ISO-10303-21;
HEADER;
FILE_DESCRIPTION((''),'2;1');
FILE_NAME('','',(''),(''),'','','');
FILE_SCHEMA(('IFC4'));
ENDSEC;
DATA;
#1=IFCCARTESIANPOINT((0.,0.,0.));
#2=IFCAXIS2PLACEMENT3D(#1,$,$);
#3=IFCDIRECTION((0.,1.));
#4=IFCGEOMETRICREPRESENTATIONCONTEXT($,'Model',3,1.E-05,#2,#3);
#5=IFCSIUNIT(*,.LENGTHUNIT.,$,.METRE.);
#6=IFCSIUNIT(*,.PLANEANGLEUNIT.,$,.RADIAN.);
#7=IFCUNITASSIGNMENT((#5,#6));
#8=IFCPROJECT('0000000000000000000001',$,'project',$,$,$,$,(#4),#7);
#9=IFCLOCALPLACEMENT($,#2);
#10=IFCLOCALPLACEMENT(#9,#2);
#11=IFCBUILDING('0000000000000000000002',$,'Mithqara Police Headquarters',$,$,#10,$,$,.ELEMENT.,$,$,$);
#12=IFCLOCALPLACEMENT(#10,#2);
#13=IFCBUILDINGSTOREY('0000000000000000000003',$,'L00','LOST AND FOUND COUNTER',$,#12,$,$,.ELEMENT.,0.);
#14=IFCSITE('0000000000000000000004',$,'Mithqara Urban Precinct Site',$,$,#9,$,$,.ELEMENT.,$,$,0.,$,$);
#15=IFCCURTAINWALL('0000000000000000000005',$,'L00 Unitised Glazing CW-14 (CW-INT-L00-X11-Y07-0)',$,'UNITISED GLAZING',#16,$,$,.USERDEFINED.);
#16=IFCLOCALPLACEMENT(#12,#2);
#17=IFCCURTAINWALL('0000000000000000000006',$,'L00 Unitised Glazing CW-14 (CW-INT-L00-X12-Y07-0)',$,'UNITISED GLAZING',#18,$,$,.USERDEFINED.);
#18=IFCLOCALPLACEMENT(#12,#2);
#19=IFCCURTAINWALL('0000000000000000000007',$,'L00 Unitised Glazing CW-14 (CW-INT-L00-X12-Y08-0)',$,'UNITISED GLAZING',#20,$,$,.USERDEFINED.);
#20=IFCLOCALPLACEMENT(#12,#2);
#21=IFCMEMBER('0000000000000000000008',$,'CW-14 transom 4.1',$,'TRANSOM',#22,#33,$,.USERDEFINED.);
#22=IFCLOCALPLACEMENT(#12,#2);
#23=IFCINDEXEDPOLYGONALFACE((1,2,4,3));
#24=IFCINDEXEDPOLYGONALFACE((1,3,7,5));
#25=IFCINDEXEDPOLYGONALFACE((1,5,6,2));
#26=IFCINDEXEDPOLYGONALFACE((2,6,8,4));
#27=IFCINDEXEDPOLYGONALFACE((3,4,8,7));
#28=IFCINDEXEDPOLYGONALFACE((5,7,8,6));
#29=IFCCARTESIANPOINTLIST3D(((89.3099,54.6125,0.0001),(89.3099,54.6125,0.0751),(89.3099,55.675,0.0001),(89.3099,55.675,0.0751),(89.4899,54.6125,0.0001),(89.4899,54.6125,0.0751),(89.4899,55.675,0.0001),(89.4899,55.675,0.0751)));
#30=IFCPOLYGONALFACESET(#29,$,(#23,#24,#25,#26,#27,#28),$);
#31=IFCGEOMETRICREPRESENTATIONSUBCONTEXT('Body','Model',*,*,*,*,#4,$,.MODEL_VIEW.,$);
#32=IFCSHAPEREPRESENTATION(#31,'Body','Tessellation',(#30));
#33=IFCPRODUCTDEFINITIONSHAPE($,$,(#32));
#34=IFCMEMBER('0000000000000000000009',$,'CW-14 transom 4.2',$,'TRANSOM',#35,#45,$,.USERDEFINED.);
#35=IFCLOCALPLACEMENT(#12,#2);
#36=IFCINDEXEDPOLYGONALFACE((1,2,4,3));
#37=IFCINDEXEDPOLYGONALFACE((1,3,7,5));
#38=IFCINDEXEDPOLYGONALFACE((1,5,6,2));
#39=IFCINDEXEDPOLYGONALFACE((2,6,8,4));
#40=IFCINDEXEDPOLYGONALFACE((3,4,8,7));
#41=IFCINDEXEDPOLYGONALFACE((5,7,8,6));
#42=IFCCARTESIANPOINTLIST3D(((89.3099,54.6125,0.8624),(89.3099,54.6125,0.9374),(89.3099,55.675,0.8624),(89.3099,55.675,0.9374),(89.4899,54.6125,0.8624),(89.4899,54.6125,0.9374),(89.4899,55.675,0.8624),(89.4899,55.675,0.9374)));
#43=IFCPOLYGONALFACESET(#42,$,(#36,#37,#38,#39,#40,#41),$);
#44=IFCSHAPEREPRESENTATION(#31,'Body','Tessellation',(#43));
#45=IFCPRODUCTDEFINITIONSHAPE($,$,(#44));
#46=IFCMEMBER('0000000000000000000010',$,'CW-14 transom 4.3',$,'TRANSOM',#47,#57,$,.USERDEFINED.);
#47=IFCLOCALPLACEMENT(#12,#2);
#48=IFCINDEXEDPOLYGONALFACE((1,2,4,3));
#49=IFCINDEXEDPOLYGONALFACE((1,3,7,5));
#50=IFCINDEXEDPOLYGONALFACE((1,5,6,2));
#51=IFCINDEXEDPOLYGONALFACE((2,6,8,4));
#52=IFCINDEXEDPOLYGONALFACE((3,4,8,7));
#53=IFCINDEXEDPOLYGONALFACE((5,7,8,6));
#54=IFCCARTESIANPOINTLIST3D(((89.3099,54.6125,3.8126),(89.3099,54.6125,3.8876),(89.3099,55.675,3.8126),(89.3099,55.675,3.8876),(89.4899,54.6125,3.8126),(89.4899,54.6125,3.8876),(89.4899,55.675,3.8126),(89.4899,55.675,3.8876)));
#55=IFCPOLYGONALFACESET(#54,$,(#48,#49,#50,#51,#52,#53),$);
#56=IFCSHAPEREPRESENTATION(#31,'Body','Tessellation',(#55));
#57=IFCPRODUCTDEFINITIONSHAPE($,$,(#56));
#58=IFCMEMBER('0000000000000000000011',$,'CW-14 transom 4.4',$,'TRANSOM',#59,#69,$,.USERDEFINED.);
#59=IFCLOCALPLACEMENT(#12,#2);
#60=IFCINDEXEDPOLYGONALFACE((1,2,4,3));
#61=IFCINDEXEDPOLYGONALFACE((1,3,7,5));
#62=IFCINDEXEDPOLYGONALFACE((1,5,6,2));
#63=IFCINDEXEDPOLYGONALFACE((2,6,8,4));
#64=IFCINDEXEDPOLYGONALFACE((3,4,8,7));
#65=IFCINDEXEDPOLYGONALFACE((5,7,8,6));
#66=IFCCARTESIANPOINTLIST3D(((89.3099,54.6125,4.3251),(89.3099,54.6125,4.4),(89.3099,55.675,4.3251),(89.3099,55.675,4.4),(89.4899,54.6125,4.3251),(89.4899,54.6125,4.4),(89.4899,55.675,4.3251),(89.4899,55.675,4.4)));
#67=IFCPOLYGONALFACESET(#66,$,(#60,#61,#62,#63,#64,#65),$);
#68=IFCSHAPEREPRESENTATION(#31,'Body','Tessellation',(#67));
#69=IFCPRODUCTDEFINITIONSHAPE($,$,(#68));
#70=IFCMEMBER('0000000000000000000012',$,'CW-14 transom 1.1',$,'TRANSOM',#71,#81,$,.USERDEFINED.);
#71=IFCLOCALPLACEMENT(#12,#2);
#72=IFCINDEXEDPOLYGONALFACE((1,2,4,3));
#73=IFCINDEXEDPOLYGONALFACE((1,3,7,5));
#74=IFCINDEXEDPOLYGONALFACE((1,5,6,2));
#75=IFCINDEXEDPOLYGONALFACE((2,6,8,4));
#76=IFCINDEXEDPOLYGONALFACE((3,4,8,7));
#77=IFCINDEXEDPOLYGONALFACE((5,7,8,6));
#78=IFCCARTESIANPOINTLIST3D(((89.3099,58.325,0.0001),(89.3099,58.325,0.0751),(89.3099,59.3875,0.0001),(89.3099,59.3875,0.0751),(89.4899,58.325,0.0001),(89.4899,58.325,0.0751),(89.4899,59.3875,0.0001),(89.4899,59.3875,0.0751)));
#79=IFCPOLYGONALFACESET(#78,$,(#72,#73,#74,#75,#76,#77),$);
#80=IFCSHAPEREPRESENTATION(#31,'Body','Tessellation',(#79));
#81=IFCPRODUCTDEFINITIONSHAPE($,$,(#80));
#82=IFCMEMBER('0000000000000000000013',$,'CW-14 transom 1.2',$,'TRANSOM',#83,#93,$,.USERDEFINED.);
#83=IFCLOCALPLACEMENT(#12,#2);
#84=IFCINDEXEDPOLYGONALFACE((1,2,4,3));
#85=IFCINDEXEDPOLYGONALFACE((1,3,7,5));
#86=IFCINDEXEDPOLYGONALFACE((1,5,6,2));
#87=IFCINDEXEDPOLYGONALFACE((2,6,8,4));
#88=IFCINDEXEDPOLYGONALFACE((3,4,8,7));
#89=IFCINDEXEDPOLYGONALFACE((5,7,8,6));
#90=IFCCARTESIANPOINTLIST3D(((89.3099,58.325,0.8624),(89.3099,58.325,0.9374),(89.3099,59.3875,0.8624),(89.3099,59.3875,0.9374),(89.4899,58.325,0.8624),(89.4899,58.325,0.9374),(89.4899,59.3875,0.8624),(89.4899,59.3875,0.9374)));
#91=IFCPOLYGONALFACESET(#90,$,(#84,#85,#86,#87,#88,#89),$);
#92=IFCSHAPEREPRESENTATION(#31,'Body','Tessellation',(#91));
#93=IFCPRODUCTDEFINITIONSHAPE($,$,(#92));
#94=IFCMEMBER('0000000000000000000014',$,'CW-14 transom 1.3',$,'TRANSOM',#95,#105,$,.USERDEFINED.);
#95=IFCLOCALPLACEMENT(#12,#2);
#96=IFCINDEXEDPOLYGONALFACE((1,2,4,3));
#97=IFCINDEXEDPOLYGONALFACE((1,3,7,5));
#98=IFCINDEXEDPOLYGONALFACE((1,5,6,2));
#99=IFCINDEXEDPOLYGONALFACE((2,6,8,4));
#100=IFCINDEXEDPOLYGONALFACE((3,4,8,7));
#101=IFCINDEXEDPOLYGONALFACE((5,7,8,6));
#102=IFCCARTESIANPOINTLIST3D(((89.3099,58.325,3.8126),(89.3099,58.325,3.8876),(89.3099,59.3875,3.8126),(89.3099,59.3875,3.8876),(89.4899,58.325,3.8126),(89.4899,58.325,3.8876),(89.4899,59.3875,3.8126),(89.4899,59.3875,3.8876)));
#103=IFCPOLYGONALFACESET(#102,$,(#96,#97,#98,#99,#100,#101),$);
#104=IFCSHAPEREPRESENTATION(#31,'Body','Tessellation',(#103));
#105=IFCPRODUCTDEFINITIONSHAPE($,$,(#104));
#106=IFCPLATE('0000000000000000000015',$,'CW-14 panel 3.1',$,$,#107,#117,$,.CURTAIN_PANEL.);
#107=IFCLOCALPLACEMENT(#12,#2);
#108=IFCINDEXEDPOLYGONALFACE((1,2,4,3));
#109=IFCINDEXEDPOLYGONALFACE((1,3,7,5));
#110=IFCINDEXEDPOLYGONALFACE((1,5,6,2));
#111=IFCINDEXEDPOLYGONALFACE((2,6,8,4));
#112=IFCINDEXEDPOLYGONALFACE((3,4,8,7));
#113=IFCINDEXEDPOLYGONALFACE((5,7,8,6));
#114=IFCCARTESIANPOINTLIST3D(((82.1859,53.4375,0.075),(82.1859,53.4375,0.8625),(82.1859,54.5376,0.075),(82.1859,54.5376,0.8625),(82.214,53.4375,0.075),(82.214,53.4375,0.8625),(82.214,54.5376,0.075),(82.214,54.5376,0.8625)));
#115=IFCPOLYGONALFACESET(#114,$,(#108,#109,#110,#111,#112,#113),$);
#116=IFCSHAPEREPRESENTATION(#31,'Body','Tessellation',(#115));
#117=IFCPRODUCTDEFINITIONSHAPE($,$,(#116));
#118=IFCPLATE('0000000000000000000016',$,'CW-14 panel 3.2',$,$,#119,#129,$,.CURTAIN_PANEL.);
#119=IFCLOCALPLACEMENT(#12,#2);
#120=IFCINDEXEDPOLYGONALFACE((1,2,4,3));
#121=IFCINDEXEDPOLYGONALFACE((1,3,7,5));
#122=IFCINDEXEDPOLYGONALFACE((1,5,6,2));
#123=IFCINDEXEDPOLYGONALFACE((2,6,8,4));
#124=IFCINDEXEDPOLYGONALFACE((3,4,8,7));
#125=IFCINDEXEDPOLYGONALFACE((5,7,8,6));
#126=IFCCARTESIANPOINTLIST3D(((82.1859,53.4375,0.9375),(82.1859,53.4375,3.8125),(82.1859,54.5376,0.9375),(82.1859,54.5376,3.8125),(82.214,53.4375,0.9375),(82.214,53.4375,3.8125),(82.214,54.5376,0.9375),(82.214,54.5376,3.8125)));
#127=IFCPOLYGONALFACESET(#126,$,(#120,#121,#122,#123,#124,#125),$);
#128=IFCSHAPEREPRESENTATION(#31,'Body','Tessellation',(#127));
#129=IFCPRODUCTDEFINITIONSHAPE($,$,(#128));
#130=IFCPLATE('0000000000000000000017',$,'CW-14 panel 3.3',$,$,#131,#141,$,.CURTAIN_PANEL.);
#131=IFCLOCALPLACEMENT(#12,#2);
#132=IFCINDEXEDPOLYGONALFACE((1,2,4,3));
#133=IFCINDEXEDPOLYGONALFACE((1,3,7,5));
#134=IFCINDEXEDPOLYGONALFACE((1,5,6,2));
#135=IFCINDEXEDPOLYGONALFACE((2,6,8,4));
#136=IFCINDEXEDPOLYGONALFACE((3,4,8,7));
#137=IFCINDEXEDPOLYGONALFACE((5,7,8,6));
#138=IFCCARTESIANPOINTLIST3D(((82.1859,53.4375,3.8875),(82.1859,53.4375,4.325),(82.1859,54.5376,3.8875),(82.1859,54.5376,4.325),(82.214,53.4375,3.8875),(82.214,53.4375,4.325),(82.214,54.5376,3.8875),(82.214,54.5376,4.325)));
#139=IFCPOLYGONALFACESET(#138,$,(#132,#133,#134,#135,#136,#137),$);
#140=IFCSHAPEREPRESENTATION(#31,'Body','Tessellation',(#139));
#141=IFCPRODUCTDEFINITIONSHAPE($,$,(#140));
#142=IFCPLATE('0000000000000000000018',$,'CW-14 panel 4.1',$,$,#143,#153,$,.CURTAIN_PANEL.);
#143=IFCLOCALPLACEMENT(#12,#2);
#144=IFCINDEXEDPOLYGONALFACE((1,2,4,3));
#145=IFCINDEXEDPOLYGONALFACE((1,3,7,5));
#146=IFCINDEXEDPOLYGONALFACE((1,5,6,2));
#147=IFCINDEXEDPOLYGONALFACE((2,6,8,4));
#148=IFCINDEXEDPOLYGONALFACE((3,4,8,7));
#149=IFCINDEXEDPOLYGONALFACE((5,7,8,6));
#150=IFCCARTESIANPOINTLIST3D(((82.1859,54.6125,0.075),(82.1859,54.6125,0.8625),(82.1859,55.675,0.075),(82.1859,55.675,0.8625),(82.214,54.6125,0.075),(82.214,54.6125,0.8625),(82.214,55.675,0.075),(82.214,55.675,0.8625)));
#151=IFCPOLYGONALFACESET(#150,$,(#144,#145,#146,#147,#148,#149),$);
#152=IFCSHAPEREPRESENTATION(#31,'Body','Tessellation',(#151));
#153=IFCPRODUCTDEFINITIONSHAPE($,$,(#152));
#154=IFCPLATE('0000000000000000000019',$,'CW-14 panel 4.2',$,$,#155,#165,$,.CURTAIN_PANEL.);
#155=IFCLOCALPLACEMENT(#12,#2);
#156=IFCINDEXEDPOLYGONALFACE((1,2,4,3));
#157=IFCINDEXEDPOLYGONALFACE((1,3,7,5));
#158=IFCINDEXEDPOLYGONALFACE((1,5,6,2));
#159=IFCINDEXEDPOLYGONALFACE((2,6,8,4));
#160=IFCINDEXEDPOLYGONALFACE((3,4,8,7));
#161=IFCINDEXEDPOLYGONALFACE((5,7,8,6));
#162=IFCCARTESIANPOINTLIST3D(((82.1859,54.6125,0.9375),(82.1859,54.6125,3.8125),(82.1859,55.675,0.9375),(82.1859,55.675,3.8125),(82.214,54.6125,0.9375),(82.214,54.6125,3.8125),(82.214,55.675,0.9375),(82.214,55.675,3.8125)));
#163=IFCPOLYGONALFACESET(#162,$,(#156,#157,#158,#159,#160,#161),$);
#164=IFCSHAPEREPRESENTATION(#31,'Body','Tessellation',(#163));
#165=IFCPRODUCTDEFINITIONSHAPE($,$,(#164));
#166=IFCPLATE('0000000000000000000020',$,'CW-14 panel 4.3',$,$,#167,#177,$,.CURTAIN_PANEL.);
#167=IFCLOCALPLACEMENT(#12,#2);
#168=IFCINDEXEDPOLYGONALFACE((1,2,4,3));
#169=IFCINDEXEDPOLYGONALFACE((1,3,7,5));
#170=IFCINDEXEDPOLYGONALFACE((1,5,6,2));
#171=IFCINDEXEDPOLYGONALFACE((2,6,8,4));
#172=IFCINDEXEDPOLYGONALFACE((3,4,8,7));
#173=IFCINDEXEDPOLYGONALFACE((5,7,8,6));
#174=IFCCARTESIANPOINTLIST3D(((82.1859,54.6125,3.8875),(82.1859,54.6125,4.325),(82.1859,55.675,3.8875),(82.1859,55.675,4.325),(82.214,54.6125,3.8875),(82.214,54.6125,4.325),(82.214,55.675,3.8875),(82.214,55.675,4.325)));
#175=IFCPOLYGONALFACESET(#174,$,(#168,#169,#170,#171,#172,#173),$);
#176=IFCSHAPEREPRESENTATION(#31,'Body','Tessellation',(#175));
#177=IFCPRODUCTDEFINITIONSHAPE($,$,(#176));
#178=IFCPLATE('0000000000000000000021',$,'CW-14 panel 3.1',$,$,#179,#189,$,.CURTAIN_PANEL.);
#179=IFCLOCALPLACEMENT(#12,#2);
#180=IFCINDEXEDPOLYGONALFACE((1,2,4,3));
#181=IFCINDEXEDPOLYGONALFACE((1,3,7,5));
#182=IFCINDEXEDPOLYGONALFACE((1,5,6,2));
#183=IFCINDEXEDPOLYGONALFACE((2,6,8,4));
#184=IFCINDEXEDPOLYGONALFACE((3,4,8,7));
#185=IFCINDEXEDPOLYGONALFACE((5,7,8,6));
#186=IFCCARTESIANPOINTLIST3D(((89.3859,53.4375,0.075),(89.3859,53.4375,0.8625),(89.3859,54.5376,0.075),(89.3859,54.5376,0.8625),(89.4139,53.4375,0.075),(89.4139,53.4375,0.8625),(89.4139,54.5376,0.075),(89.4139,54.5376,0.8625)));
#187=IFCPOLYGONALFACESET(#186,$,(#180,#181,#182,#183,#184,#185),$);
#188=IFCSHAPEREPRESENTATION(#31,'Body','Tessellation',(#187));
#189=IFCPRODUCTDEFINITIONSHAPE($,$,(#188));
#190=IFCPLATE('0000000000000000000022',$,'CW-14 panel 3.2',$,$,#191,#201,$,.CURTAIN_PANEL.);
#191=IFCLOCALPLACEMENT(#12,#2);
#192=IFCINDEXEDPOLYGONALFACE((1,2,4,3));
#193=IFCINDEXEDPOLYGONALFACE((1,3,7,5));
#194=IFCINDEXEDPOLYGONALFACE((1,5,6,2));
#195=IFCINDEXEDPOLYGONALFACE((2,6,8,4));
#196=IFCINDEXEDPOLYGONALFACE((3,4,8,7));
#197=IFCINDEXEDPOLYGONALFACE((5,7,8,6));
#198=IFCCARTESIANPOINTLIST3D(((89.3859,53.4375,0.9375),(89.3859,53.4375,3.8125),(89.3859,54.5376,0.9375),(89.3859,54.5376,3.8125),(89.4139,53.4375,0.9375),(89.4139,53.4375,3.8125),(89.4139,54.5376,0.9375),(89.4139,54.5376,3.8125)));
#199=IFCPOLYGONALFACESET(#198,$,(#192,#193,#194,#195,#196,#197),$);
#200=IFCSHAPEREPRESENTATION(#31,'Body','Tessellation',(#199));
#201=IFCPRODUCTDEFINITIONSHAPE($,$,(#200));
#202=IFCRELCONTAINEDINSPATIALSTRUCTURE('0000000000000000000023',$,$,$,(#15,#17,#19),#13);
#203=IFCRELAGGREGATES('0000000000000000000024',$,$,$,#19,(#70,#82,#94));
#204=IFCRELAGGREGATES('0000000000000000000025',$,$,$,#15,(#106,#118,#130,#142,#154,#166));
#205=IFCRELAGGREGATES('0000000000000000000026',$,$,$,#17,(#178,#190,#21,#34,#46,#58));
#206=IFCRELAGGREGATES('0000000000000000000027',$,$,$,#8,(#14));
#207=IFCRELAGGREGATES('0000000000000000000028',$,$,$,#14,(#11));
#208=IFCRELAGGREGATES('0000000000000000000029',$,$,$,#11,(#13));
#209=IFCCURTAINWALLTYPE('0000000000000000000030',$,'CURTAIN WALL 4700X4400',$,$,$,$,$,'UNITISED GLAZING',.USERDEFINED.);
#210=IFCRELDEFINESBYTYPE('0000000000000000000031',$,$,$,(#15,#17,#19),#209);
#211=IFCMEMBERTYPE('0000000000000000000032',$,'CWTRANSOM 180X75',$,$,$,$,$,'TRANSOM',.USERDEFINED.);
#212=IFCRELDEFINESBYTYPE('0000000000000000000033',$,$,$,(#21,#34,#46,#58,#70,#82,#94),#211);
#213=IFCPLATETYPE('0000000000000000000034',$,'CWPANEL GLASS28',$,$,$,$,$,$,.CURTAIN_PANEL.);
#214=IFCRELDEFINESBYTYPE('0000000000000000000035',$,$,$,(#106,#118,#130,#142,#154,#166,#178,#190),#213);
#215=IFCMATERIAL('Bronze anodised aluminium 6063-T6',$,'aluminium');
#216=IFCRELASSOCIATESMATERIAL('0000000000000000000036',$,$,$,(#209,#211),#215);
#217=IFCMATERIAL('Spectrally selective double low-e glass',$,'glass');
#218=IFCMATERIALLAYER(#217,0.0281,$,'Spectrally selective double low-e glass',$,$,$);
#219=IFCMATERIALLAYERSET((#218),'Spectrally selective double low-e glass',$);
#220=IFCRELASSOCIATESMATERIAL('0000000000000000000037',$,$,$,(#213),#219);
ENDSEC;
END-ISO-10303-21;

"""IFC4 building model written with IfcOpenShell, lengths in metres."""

from ifc_helpers import new_model, si_unit, direction, frame, origin, origin_2d, place, context, subcontext, project, spatial, rectangle, extrude, material, layer, layer_set, material_profile, profile_set, type_object, element, aggregate, save


model = new_model("IFC4")

# Units and contexts
model_context = context("Model", 3, precision=1e-05, world=origin(), true_north=direction((0.0, 1.0)))
body_context = subcontext(model_context, "Body", "Model", "MODEL_VIEW")
ifc_project = project(units=[si_unit("LENGTHUNIT", "METRE"), si_unit("PLANEANGLEUNIT", "RADIAN")], contexts=[model_context])

# Site, building, storey
site_placement = place(None, origin())
site = spatial("IfcSite", under=ifc_project, at=site_placement, Name="Mithqara Urban Precinct Site", CompositionType="ELEMENT", RefElevation=0.0)
building_placement = place(site_placement, origin())
building = spatial("IfcBuilding", under=site, at=building_placement, Name="Mithqara Police Headquarters", CompositionType="ELEMENT")
storey_placement = place(building_placement, origin())
storey = spatial("IfcBuildingStorey", under=building, at=storey_placement, Name="L00", Description="LOST AND FOUND COUNTER", CompositionType="ELEMENT", Elevation=0.0)

# Curtain wall
ifc_material_1 = material(Name="Bronze anodised aluminium 6063-T6", Category="aluminium")
curtain_wall_type = type_object("IfcCurtainWallType", Name="CURTAIN WALL 4700X4400", ElementType="UNITISED GLAZING", PredefinedType="USERDEFINED", material=ifc_material_1)
curtain_wall_1_placement = place(storey_placement, origin())
curtain_wall_1 = element("IfcCurtainWall", 1, at=curtain_wall_1_placement, inside=storey, type_object=curtain_wall_type, Name="L00 Unitised Glazing CW-14 (CW-INT-L00-X11-Y07-0)", ObjectType="UNITISED GLAZING", PredefinedType="USERDEFINED")

# Curtain wall
curtain_wall_2_placement = place(storey_placement, origin())
curtain_wall_2 = element("IfcCurtainWall", 2, at=curtain_wall_2_placement, inside=storey, type_object=curtain_wall_type, Name="L00 Unitised Glazing CW-14 (CW-INT-L00-X12-Y07-0)", ObjectType="UNITISED GLAZING", PredefinedType="USERDEFINED")

# Curtain wall
curtain_wall_3_placement = place(storey_placement, origin())
curtain_wall_3 = element("IfcCurtainWall", 3, at=curtain_wall_3_placement, inside=storey, type_object=curtain_wall_type, Name="L00 Unitised Glazing CW-14 (CW-INT-L00-X12-Y08-0)", ObjectType="UNITISED GLAZING", PredefinedType="USERDEFINED")

# Members
ifc_material_profile_1 = material_profile(ifc_material_1, rectangle(XDim=0.1799, YDim=0.075, at=origin_2d()), Name="CWT 180x75")
ifc_profile_set_1 = profile_set([ifc_material_profile_1], Name="Bronze anodised aluminium 6063-T6")
member_type_1 = type_object("IfcMemberType", Name="CWTRANSOM 180X75", ElementType="TRANSOM", PredefinedType="USERDEFINED", material=ifc_profile_set_1)
member_1_placement = place(storey_placement, frame((89.3999, 54.6125, 0.0376), z_axis=(0.0, 1.0, 0.0), x_axis=(-1.0, 0.0, 0.0)))
member_1 = element("IfcMember", 4, at=member_1_placement, type_object=member_type_1, Name="CW-14 transom 4.1", ObjectType="TRANSOM", PredefinedType="USERDEFINED", context=body_context, shape_type="SweptSolid", body=[
    extrude(rectangle(XDim=0.1799, YDim=0.075, at=origin_2d()), origin(), (0.0, 0.0, 1.0), 1.0625),
])
member_2_placement = place(storey_placement, frame((89.3999, 54.6125, 0.8999), z_axis=(0.0, 1.0, 0.0), x_axis=(-1.0, 0.0, 0.0)))
member_2 = element("IfcMember", 5, at=member_2_placement, type_object=member_type_1, Name="CW-14 transom 4.2", ObjectType="TRANSOM", PredefinedType="USERDEFINED", context=body_context, shape_type="SweptSolid", body=[
    extrude(rectangle(XDim=0.1799, YDim=0.075, at=origin_2d()), origin(), (0.0, 0.0, 1.0), 1.0625),
])
member_3_placement = place(storey_placement, frame((89.3999, 54.6125, 3.8501), z_axis=(0.0, 1.0, 0.0), x_axis=(-1.0, 0.0, 0.0)))
member_3 = element("IfcMember", 6, at=member_3_placement, type_object=member_type_1, Name="CW-14 transom 4.3", ObjectType="TRANSOM", PredefinedType="USERDEFINED", context=body_context, shape_type="SweptSolid", body=[
    extrude(rectangle(XDim=0.1799, YDim=0.075, at=origin_2d()), origin(), (0.0, 0.0, 1.0), 1.0625),
])
member_4_placement = place(storey_placement, frame((89.3999, 54.6125, 4.3625), z_axis=(0.0, 1.0, 0.0), x_axis=(-1.0, 0.0, 0.0)))
member_4 = element("IfcMember", 7, at=member_4_placement, type_object=member_type_1, Name="CW-14 transom 4.4", ObjectType="TRANSOM", PredefinedType="USERDEFINED", context=body_context, shape_type="SweptSolid", body=[
    extrude(rectangle(XDim=0.1799, YDim=0.075, at=origin_2d()), origin(), (0.0, 0.0, 1.0), 1.0625),
])
member_5_placement = place(storey_placement, frame((89.3999, 58.325, 0.0376), z_axis=(0.0, 1.0, 0.0), x_axis=(-1.0, 0.0, 0.0)))
member_5 = element("IfcMember", 8, at=member_5_placement, type_object=member_type_1, Name="CW-14 transom 1.1", ObjectType="TRANSOM", PredefinedType="USERDEFINED", context=body_context, shape_type="SweptSolid", body=[
    extrude(rectangle(XDim=0.1799, YDim=0.075, at=origin_2d()), origin(), (0.0, 0.0, 1.0), 1.0625),
])
member_6_placement = place(storey_placement, frame((89.3999, 58.325, 0.8999), z_axis=(0.0, 1.0, 0.0), x_axis=(-1.0, 0.0, 0.0)))
member_6 = element("IfcMember", 9, at=member_6_placement, type_object=member_type_1, Name="CW-14 transom 1.2", ObjectType="TRANSOM", PredefinedType="USERDEFINED", context=body_context, shape_type="SweptSolid", body=[
    extrude(rectangle(XDim=0.1799, YDim=0.075, at=origin_2d()), origin(), (0.0, 0.0, 1.0), 1.0625),
])
member_7_placement = place(storey_placement, frame((89.3999, 58.325, 3.8501), z_axis=(0.0, 1.0, 0.0), x_axis=(-1.0, 0.0, 0.0)))
member_7 = element("IfcMember", 10, at=member_7_placement, type_object=member_type_1, Name="CW-14 transom 1.3", ObjectType="TRANSOM", PredefinedType="USERDEFINED", context=body_context, shape_type="SweptSolid", body=[
    extrude(rectangle(XDim=0.1799, YDim=0.075, at=origin_2d()), origin(), (0.0, 0.0, 1.0), 1.0625),
])
aggregate(curtain_wall_3, [member_5, member_6, member_7])

# Plates
ifc_material_2 = material(Name="Spectrally selective double low-e glass", Category="glass")
ifc_layer_1 = layer(ifc_material_2, 0.0281, Name="Spectrally selective double low-e glass")
ifc_layer_set_1 = layer_set([ifc_layer_1], Name="Spectrally selective double low-e glass")
plate_type = type_object("IfcPlateType", Name="CWPANEL GLASS28", PredefinedType="CURTAIN_PANEL", material=ifc_layer_set_1)
plate_1_placement = place(storey_placement, frame((82.2, 53.9875, 0.075), z_axis=(0.0, 0.0, 1.0), x_axis=(0.0, 1.0, 0.0)))
plate_1 = element("IfcPlate", 11, at=plate_1_placement, type_object=plate_type, Name="CW-14 panel 3.1", PredefinedType="CURTAIN_PANEL", context=body_context, shape_type="SweptSolid", body=[
    extrude(rectangle(XDim=1.1001, YDim=0.0281, at=origin_2d()), origin(), (0.0, 0.0, 1.0), 0.7876),
])
plate_2_placement = place(storey_placement, frame((82.2, 53.9875, 0.9375), z_axis=(0.0, 0.0, 1.0), x_axis=(0.0, 1.0, 0.0)))
plate_2 = element("IfcPlate", 12, at=plate_2_placement, type_object=plate_type, Name="CW-14 panel 3.2", PredefinedType="CURTAIN_PANEL", context=body_context, shape_type="SweptSolid", body=[
    extrude(rectangle(XDim=1.1001, YDim=0.0281, at=origin_2d()), origin(), (0.0, 0.0, 1.0), 2.875),
])
plate_3_placement = place(storey_placement, frame((82.2, 53.9875, 3.8875), z_axis=(0.0, 0.0, 1.0), x_axis=(0.0, 1.0, 0.0)))
plate_3 = element("IfcPlate", 13, at=plate_3_placement, type_object=plate_type, Name="CW-14 panel 3.3", PredefinedType="CURTAIN_PANEL", context=body_context, shape_type="SweptSolid", body=[
    extrude(rectangle(XDim=1.1001, YDim=0.0281, at=origin_2d()), origin(), (0.0, 0.0, 1.0), 0.4375),
])
plate_4_placement = place(storey_placement, frame((82.2, 55.1438, 0.075), z_axis=(0.0, 0.0, 1.0), x_axis=(0.0, 1.0, 0.0)))
plate_4 = element("IfcPlate", 14, at=plate_4_placement, type_object=plate_type, Name="CW-14 panel 4.1", PredefinedType="CURTAIN_PANEL", context=body_context, shape_type="SweptSolid", body=[
    extrude(rectangle(XDim=1.0625, YDim=0.0281, at=origin_2d()), origin(), (0.0, 0.0, 1.0), 0.7876),
])
plate_5_placement = place(storey_placement, frame((82.2, 55.1438, 0.9375), z_axis=(0.0, 0.0, 1.0), x_axis=(0.0, 1.0, 0.0)))
plate_5 = element("IfcPlate", 15, at=plate_5_placement, type_object=plate_type, Name="CW-14 panel 4.2", PredefinedType="CURTAIN_PANEL", context=body_context, shape_type="SweptSolid", body=[
    extrude(rectangle(XDim=1.0625, YDim=0.0281, at=origin_2d()), origin(), (0.0, 0.0, 1.0), 2.875),
])
plate_6_placement = place(storey_placement, frame((82.2, 55.1438, 3.8875), z_axis=(0.0, 0.0, 1.0), x_axis=(0.0, 1.0, 0.0)))
plate_6 = element("IfcPlate", 16, at=plate_6_placement, type_object=plate_type, Name="CW-14 panel 4.3", PredefinedType="CURTAIN_PANEL", context=body_context, shape_type="SweptSolid", body=[
    extrude(rectangle(XDim=1.0625, YDim=0.0281, at=origin_2d()), origin(), (0.0, 0.0, 1.0), 0.4375),
])
aggregate(curtain_wall_1, [plate_1, plate_2, plate_3, plate_4, plate_5, plate_6])
plate_7_placement = place(storey_placement, frame((89.3999, 53.9875, 0.075), z_axis=(0.0, 0.0, 1.0), x_axis=(0.0, 1.0, 0.0)))
plate_7 = element("IfcPlate", 17, at=plate_7_placement, type_object=plate_type, Name="CW-14 panel 3.1", PredefinedType="CURTAIN_PANEL", context=body_context, shape_type="SweptSolid", body=[
    extrude(rectangle(XDim=1.1001, YDim=0.0281, at=origin_2d()), origin(), (0.0, 0.0, 1.0), 0.7876),
])
plate_8_placement = place(storey_placement, frame((89.3999, 53.9875, 0.9375), z_axis=(0.0, 0.0, 1.0), x_axis=(0.0, 1.0, 0.0)))
plate_8 = element("IfcPlate", 18, at=plate_8_placement, type_object=plate_type, Name="CW-14 panel 3.2", PredefinedType="CURTAIN_PANEL", context=body_context, shape_type="SweptSolid", body=[
    extrude(rectangle(XDim=1.1001, YDim=0.0281, at=origin_2d()), origin(), (0.0, 0.0, 1.0), 2.875),
])
aggregate(curtain_wall_2, [plate_7, plate_8, member_1, member_2, member_3, member_4])

save(model, "model.ifc")
